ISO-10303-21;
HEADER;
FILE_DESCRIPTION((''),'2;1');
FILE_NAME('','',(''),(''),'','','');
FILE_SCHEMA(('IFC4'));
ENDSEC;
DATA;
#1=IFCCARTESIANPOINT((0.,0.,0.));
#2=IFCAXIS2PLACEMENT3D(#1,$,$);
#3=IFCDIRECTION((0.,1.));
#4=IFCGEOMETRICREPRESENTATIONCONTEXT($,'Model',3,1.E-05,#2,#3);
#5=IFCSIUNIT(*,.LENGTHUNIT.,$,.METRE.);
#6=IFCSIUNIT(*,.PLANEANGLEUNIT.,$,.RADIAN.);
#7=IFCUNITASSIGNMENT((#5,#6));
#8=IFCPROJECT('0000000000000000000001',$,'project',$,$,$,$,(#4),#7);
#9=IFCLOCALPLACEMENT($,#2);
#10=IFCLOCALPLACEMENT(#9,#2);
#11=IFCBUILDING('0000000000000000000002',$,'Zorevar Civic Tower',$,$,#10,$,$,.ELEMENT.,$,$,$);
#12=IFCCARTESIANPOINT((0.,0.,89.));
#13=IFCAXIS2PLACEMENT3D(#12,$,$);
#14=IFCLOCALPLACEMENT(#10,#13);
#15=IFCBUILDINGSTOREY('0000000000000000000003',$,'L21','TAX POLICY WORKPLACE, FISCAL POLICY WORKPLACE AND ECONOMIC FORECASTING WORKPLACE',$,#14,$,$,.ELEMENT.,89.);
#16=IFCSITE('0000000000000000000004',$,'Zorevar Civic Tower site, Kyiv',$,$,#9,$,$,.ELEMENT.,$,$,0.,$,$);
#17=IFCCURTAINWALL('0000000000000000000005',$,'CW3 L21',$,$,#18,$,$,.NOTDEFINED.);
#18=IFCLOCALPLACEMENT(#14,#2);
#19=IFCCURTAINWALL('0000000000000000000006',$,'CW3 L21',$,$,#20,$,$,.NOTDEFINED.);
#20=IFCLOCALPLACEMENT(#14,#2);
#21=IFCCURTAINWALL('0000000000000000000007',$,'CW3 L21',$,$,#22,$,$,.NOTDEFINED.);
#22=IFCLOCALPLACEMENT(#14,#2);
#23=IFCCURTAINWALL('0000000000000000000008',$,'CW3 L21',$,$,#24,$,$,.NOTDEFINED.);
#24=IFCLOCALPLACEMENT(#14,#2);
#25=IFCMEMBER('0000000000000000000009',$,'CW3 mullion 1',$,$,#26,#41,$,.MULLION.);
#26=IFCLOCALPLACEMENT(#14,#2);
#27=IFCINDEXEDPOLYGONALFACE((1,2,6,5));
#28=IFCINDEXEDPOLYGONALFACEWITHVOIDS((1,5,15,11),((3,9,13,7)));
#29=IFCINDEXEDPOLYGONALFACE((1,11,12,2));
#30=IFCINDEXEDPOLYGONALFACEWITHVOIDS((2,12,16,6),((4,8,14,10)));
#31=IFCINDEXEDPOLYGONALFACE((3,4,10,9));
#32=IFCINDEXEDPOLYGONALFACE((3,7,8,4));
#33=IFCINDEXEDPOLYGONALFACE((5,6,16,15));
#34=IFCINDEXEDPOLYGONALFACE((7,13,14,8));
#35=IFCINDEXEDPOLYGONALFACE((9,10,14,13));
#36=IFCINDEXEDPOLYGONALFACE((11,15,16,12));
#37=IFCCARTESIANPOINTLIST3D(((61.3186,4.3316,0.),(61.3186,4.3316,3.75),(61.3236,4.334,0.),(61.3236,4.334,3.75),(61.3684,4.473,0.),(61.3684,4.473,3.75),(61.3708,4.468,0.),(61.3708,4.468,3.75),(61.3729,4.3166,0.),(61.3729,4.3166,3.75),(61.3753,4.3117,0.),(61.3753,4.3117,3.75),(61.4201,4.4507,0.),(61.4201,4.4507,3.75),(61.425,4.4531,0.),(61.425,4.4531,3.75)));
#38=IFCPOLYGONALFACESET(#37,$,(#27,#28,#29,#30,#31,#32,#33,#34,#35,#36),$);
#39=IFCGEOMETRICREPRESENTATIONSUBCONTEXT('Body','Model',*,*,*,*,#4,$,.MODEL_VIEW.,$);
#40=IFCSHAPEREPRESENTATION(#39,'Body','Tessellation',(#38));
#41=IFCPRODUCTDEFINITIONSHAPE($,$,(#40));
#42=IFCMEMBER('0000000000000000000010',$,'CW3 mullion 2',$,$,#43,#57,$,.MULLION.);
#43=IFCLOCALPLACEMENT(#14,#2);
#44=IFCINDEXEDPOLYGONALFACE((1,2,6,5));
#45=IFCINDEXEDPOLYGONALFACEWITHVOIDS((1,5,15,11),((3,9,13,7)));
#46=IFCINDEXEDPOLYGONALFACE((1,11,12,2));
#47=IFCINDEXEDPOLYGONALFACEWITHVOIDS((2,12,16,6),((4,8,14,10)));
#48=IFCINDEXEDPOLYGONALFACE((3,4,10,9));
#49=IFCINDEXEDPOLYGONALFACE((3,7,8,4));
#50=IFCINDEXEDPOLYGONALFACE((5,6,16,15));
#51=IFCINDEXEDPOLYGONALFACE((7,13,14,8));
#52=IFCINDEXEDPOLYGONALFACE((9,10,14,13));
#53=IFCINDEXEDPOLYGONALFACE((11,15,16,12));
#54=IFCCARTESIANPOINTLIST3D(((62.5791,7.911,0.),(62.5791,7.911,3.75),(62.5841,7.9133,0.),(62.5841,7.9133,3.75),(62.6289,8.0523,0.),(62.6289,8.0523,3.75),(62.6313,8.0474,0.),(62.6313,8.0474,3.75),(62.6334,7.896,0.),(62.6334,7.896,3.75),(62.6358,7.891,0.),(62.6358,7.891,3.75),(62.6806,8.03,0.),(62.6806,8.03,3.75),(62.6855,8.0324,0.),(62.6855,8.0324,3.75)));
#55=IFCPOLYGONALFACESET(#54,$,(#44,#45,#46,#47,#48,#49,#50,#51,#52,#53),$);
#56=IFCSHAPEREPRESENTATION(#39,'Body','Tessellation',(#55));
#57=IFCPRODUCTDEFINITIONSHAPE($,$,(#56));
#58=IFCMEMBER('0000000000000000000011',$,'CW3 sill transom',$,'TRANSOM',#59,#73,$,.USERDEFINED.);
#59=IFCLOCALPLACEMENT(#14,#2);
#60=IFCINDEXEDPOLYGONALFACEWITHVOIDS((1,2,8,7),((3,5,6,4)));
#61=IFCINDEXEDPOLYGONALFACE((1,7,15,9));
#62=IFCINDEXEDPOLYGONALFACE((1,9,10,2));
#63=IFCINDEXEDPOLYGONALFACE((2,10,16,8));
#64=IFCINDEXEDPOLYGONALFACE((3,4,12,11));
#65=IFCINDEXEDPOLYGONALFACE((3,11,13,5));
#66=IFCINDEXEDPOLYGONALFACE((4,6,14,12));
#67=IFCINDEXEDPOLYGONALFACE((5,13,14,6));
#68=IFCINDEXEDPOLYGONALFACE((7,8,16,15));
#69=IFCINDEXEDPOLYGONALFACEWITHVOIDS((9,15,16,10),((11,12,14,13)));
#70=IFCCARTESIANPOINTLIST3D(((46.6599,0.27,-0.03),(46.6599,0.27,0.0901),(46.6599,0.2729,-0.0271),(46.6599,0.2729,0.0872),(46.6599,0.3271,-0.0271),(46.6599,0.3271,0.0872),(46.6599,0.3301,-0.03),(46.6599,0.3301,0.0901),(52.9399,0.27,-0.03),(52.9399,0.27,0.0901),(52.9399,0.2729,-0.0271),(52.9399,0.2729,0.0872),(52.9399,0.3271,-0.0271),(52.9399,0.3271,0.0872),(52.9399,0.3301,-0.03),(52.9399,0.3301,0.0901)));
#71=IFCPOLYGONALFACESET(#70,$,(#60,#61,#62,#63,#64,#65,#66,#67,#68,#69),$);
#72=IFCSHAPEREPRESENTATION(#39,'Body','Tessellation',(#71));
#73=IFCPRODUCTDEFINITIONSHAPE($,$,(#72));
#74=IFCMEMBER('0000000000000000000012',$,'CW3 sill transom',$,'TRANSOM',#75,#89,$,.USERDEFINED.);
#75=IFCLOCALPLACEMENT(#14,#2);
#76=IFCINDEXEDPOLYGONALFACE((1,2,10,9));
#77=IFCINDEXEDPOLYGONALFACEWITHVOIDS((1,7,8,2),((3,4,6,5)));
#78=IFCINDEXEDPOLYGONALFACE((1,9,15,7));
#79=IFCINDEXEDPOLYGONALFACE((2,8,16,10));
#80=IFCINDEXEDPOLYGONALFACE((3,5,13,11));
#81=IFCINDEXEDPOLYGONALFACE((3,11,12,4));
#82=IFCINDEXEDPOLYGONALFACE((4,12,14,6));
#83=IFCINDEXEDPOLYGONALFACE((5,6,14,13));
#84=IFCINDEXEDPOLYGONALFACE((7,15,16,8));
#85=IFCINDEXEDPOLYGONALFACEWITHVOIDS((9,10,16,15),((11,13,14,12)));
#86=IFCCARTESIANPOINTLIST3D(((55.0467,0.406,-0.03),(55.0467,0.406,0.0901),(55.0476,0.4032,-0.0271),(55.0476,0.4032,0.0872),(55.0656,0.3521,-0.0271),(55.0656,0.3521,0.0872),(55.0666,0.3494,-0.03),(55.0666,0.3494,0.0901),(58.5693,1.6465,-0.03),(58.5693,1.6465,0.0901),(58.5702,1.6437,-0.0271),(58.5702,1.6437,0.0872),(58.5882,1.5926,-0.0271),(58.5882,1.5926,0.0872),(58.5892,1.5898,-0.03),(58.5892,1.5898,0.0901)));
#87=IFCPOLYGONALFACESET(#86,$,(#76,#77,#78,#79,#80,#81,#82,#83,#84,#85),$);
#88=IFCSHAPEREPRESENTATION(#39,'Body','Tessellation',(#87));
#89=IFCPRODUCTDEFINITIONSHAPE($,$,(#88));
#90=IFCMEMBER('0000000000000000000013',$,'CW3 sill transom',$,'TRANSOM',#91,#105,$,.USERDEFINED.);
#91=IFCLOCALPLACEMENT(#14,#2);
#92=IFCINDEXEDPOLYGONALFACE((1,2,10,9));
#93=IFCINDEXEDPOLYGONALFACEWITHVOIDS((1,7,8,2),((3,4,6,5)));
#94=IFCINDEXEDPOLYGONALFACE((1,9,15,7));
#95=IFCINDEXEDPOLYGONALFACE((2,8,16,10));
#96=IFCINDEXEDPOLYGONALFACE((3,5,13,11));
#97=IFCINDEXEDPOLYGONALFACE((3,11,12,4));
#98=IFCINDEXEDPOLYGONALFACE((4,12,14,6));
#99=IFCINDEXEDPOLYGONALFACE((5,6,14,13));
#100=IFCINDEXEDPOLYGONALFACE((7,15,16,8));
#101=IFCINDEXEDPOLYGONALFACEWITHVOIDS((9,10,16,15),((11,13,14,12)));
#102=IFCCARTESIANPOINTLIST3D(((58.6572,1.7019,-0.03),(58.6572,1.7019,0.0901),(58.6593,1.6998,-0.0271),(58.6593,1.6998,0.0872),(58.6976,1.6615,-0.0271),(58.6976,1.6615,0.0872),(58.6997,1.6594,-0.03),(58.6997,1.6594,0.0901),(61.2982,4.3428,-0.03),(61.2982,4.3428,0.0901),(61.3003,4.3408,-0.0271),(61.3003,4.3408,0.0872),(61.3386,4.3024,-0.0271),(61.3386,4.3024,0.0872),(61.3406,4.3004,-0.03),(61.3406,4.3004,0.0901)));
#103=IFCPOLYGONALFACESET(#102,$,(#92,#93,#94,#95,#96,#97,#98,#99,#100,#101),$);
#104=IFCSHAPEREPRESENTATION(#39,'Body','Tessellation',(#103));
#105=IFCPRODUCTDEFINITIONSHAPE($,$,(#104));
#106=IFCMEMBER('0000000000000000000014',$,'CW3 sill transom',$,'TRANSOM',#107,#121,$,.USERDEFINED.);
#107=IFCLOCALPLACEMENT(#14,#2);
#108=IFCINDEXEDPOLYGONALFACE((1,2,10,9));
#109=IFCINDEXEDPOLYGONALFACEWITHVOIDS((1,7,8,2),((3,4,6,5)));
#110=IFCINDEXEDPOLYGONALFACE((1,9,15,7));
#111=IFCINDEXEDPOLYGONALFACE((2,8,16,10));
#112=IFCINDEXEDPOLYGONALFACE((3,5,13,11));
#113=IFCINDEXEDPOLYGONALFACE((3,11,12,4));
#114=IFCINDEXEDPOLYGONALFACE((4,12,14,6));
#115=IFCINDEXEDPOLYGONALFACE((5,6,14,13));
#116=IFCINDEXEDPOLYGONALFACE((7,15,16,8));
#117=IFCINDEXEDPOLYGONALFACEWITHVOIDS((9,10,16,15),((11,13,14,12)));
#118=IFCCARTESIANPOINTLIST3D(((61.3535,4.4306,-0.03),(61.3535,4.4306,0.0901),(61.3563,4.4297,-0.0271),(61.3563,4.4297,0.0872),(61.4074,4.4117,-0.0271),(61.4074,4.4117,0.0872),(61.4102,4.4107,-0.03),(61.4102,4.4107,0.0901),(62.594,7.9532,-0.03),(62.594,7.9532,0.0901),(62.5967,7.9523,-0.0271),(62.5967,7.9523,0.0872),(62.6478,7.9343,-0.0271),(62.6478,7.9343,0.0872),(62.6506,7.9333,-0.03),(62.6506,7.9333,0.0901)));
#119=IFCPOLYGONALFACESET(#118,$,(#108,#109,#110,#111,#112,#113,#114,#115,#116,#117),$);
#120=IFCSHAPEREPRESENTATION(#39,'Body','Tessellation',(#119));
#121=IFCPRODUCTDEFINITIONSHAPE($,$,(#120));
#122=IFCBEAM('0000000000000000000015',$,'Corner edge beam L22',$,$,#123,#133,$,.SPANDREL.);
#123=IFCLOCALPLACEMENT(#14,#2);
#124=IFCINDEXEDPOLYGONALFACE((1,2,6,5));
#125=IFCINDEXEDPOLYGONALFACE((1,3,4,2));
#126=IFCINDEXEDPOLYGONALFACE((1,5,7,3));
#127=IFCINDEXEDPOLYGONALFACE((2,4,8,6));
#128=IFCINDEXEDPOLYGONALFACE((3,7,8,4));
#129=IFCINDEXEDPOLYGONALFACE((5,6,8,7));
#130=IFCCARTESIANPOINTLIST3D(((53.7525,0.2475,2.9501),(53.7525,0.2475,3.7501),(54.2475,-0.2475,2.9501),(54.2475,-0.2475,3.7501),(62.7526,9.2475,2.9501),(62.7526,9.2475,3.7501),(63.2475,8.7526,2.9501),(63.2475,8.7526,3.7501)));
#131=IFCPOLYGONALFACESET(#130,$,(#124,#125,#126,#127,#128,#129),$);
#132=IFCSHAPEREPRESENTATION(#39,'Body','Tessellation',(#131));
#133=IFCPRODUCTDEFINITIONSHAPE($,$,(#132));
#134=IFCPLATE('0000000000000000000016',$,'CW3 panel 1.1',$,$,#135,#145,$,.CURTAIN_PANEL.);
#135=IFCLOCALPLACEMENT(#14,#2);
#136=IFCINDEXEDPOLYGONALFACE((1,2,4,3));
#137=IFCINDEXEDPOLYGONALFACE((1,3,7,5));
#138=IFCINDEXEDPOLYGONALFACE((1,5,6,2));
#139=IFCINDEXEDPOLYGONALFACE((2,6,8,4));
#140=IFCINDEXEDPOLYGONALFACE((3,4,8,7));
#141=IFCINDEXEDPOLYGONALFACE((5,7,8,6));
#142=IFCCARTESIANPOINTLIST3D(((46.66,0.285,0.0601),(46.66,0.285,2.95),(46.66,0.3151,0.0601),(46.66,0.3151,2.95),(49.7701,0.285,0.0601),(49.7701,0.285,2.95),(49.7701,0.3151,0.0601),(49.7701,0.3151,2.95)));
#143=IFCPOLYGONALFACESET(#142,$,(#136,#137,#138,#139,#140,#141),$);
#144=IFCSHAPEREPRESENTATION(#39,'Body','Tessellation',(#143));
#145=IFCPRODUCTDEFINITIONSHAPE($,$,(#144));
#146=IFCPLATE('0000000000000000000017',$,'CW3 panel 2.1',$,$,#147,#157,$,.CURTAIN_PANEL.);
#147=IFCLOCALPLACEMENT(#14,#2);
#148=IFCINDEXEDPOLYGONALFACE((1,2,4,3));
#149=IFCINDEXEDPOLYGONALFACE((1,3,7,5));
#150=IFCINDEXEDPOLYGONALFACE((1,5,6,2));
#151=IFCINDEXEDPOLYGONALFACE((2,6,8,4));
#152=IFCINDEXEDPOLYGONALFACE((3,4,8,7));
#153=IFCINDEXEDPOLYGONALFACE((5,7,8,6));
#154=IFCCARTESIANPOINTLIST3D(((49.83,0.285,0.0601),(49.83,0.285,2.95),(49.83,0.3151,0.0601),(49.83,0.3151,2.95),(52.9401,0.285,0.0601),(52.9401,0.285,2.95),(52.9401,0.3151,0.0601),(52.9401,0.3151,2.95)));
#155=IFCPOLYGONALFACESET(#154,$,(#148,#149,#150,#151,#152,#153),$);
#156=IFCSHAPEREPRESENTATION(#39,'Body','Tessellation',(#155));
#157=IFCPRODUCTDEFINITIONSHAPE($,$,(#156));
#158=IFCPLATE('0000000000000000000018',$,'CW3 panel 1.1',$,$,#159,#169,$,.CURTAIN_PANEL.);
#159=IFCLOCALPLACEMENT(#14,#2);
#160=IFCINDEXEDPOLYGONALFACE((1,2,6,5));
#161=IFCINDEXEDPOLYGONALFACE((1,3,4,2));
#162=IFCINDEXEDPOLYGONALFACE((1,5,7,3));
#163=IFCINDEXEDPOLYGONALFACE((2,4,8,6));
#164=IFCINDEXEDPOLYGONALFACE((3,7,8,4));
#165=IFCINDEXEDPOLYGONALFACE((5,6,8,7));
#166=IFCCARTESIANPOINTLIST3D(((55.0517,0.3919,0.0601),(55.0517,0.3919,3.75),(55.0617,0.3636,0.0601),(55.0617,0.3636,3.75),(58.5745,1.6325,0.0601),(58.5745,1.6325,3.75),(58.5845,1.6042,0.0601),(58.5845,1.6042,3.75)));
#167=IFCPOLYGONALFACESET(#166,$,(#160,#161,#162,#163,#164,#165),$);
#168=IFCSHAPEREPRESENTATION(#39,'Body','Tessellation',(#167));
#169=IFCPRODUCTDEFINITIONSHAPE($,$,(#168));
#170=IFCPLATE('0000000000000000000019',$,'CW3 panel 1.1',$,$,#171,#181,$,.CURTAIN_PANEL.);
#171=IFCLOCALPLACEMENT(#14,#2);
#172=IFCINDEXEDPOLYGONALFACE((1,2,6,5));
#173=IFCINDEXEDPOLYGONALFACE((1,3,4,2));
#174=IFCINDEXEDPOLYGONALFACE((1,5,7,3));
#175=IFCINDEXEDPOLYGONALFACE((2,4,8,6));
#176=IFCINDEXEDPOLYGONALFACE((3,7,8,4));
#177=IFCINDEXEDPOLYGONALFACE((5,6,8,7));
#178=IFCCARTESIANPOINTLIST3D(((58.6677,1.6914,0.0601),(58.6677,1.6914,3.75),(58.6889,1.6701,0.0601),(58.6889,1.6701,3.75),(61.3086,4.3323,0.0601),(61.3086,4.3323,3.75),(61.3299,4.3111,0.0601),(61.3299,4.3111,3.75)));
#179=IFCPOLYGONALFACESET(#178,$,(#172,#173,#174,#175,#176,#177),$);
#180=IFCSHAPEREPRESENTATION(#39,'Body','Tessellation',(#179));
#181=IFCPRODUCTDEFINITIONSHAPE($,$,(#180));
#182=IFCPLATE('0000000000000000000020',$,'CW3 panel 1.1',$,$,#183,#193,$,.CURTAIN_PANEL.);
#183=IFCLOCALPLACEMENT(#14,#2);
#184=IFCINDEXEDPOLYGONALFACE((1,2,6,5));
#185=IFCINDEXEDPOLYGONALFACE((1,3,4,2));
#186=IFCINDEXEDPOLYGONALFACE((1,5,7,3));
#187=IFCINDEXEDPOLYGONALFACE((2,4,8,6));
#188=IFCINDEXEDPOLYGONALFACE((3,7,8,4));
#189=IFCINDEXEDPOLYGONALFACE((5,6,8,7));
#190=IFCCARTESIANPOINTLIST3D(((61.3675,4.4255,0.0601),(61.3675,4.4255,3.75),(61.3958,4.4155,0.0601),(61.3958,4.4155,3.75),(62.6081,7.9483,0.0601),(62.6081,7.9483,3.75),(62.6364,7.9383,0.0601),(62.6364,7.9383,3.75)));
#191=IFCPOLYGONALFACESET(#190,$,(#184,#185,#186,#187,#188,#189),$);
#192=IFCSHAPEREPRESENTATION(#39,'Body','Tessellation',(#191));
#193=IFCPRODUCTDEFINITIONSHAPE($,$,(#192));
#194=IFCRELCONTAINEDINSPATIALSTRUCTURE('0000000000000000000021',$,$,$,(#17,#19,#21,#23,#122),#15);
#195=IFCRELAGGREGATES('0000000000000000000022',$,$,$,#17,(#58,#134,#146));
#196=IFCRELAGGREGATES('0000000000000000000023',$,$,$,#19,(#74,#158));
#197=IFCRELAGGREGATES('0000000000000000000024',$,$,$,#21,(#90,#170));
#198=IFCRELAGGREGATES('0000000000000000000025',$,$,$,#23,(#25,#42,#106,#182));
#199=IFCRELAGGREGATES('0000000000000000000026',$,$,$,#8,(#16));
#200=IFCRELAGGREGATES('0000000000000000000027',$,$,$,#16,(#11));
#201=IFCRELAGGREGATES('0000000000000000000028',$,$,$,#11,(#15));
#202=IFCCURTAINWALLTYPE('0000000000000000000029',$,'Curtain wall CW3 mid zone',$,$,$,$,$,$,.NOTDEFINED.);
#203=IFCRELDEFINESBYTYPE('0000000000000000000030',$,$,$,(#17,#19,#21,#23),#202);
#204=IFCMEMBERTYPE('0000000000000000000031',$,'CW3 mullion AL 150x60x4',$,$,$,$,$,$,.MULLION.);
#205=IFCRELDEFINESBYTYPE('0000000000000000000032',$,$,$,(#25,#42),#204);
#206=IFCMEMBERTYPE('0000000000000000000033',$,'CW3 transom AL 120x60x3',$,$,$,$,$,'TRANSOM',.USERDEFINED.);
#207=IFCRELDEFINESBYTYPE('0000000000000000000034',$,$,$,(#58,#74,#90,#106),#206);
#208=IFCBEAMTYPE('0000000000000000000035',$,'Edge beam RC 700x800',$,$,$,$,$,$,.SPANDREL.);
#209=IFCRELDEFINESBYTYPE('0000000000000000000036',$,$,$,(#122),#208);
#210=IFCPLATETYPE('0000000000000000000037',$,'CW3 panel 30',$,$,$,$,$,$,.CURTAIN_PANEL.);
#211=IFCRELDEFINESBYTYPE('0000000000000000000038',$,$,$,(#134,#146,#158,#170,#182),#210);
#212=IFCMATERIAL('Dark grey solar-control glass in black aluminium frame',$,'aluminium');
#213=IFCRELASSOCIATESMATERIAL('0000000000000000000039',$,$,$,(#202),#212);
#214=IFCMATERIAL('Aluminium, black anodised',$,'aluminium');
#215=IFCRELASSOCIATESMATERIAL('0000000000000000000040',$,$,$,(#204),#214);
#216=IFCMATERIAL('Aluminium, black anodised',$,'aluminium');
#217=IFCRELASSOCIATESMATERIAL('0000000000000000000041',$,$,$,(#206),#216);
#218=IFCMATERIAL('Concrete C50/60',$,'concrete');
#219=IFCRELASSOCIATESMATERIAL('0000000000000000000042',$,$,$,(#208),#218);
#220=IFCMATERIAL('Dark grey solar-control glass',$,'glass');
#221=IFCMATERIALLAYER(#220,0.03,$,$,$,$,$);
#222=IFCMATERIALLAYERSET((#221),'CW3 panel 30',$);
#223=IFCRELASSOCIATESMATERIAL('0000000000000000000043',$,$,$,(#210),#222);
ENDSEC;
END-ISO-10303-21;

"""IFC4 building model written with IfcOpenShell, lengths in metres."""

from ifc_helpers import new_model, si_unit, direction, frame, origin, origin_2d, place, context, subcontext, project, spatial, rectangle, hollow_rectangle, extrude, material, layer, layer_set, material_profile, profile_set, type_object, element, aggregate, save


model = new_model("IFC4")

# Units and contexts
model_context = context("Model", 3, precision=1e-05, world=origin(), true_north=direction((0.0, 1.0)))
body_context = subcontext(model_context, "Body", "Model", "MODEL_VIEW")
ifc_project = project(units=[si_unit("LENGTHUNIT", "METRE"), si_unit("PLANEANGLEUNIT", "RADIAN")], contexts=[model_context])

# Site, building, storey
site_placement = place(None, origin())
site = spatial("IfcSite", under=ifc_project, at=site_placement, Name="Zorevar Civic Tower site, Kyiv", CompositionType="ELEMENT", RefElevation=0.0)
building_placement = place(site_placement, origin())
building = spatial("IfcBuilding", under=site, at=building_placement, Name="Zorevar Civic Tower", CompositionType="ELEMENT")
storey_placement = place(building_placement, frame((0.0, 0.0, 89.0)))
storey = spatial("IfcBuildingStorey", under=building, at=storey_placement, Name="L21", Description="TAX POLICY WORKPLACE, FISCAL POLICY WORKPLACE AND ECONOMIC FORECASTING WORKPLACE", CompositionType="ELEMENT", Elevation=89.0)

# Curtain walls, members
ifc_material_1 = material(Name="Dark grey solar-control glass in black aluminium frame", Category="aluminium")
curtain_wall_type = type_object("IfcCurtainWallType", Name="Curtain wall CW3 mid zone", PredefinedType="NOTDEFINED", material=ifc_material_1)
curtain_wall_1_placement = place(storey_placement, origin())
curtain_wall_1 = element("IfcCurtainWall", 1, at=curtain_wall_1_placement, inside=storey, type_object=curtain_wall_type, Name="CW3 L21", PredefinedType="NOTDEFINED")
ifc_material_2 = material(Name="Aluminium, black anodised", Category="aluminium")
ifc_material_profile_1 = material_profile(ifc_material_2, hollow_rectangle(XDim=0.0601, YDim=0.1499, WallThickness=0.0039, at=origin_2d()), Name="AL 150x60x4")
ifc_profile_set_1 = profile_set([ifc_material_profile_1], Name="Aluminium, black anodised")
member_type_1 = type_object("IfcMemberType", Name="CW3 mullion AL 150x60x4", PredefinedType="MULLION", material=ifc_profile_set_1)
curtain_wall_2_placement = place(storey_placement, origin())
curtain_wall_2 = element("IfcCurtainWall", 2, at=curtain_wall_2_placement, inside=storey, type_object=curtain_wall_type, Name="CW3 L21", PredefinedType="NOTDEFINED")
curtain_wall_3_placement = place(storey_placement, origin())
curtain_wall_3 = element("IfcCurtainWall", 3, at=curtain_wall_3_placement, inside=storey, type_object=curtain_wall_type, Name="CW3 L21", PredefinedType="NOTDEFINED")
curtain_wall_4_placement = place(storey_placement, origin())
curtain_wall_4 = element("IfcCurtainWall", 4, at=curtain_wall_4_placement, inside=storey, type_object=curtain_wall_type, Name="CW3 L21", PredefinedType="NOTDEFINED")
member_1_placement = place(storey_placement, frame((61.3718, 4.3923, 0.0), z_axis=(0.0, 0.0, 1.0), x_axis=(-0.943219, 0.332171, 0.0)))
member_1 = element("IfcMember", 5, at=member_1_placement, type_object=member_type_1, Name="CW3 mullion 1", PredefinedType="MULLION", context=body_context, shape_type="SweptSolid", body=[
    extrude(hollow_rectangle(XDim=0.0601, YDim=0.1499, WallThickness=0.0039, at=origin_2d()), origin(), (0.0, 0.0, 1.0), 3.75),
])
member_2_placement = place(storey_placement, frame((62.6323, 7.9717, 0.0), z_axis=(0.0, 0.0, 1.0), x_axis=(-0.943219, 0.332171, 0.0)))
member_2 = element("IfcMember", 6, at=member_2_placement, type_object=member_type_1, Name="CW3 mullion 2", PredefinedType="MULLION", context=body_context, shape_type="SweptSolid", body=[
    extrude(hollow_rectangle(XDim=0.0601, YDim=0.1499, WallThickness=0.0039, at=origin_2d()), origin(), (0.0, 0.0, 1.0), 3.75),
])

# Members
ifc_material_3 = material(Name="Aluminium, black anodised", Category="aluminium")
ifc_material_profile_2 = material_profile(ifc_material_3, hollow_rectangle(XDim=0.0601, YDim=0.1201, WallThickness=0.0029, at=origin_2d()), Name="AL 120x60x3")
ifc_profile_set_2 = profile_set([ifc_material_profile_2], Name="Aluminium, black anodised")
member_type_2 = type_object("IfcMemberType", Name="CW3 transom AL 120x60x3", ElementType="TRANSOM", PredefinedType="USERDEFINED", material=ifc_profile_set_2)
member_3_placement = place(storey_placement, frame((46.6599, 0.3, 0.03), z_axis=(1.0, 0.0, 0.0), x_axis=(0.0, 1.0, 0.0)))
member_3 = element("IfcMember", 7, at=member_3_placement, type_object=member_type_2, Name="CW3 sill transom", ObjectType="TRANSOM", PredefinedType="USERDEFINED", context=body_context, shape_type="SweptSolid", body=[
    extrude(hollow_rectangle(XDim=0.0601, YDim=0.1201, WallThickness=0.0029, at=origin_2d()), origin(), (0.0, 0.0, 1.0), 6.28),
])
member_4_placement = place(storey_placement, frame((55.0566, 0.3777, 0.03), z_axis=(0.943228, 0.332146, 0.0), x_axis=(-0.332146, 0.943228, 0.0)))
member_4 = element("IfcMember", 8, at=member_4_placement, type_object=member_type_2, Name="CW3 sill transom", ObjectType="TRANSOM", PredefinedType="USERDEFINED", context=body_context, shape_type="SweptSolid", body=[
    extrude(hollow_rectangle(XDim=0.0601, YDim=0.1201, WallThickness=0.0029, at=origin_2d()), origin(), (0.0, 0.0, 1.0), 3.7346),
])
member_5_placement = place(storey_placement, frame((58.6785, 1.6807, 0.03), z_axis=(0.707107, 0.707107, 0.0), x_axis=(-0.707107, 0.707107, 0.0)))
member_5 = element("IfcMember", 9, at=member_5_placement, type_object=member_type_2, Name="CW3 sill transom", ObjectType="TRANSOM", PredefinedType="USERDEFINED", context=body_context, shape_type="SweptSolid", body=[
    extrude(hollow_rectangle(XDim=0.0601, YDim=0.1201, WallThickness=0.0029, at=origin_2d()), origin(), (0.0, 0.0, 1.0), 3.7349),
])
member_6_placement = place(storey_placement, frame((61.3818, 4.4207, 0.03), z_axis=(0.332146, 0.943228, 0.0), x_axis=(-0.943228, 0.332146, 0.0)))
member_6 = element("IfcMember", 10, at=member_6_placement, type_object=member_type_2, Name="CW3 sill transom", ObjectType="TRANSOM", PredefinedType="USERDEFINED", context=body_context, shape_type="SweptSolid", body=[
    extrude(hollow_rectangle(XDim=0.0601, YDim=0.1201, WallThickness=0.0029, at=origin_2d()), origin(), (0.0, 0.0, 1.0), 3.7346),
])

# Beam
ifc_material_4 = material(Name="Concrete C50/60", Category="concrete")
ifc_material_profile_3 = material_profile(ifc_material_4, rectangle(XDim=0.7, YDim=0.8, at=origin_2d()), Name="RC 700x800")
ifc_profile_set_3 = profile_set([ifc_material_profile_3], Name="Concrete C50/60")
beam_type_1 = type_object("IfcBeamType", Name="Edge beam RC 700x800", PredefinedType="SPANDREL", material=ifc_profile_set_3)
beam_1_placement = place(storey_placement, frame((54.0, 0.0, 3.3501), z_axis=(0.707107, 0.707107, 0.0), x_axis=(-0.707107, 0.707107, 0.0)))
element("IfcBeam", 11, at=beam_1_placement, inside=storey, type_object=beam_type_1, Name="Corner edge beam L22", PredefinedType="SPANDREL", context=body_context, shape_type="SweptSolid", body=[
    extrude(rectangle(XDim=0.7, YDim=0.8, at=origin_2d()), origin(), (0.0, 0.0, 1.0), 12.728),
])

# Plates
ifc_material_5 = material(Name="Dark grey solar-control glass", Category="glass")
ifc_layer_1 = layer(ifc_material_5, 0.03)
ifc_layer_set_1 = layer_set([ifc_layer_1], Name="CW3 panel 30")
plate_type = type_object("IfcPlateType", Name="CW3 panel 30", PredefinedType="CURTAIN_PANEL", material=ifc_layer_set_1)
plate_1_placement = place(storey_placement, frame((48.2151, 0.3, 0.0601), z_axis=(0.0, 0.0, 1.0), x_axis=(1.0, 0.0, 0.0)))
plate_1 = element("IfcPlate", 12, at=plate_1_placement, type_object=plate_type, Name="CW3 panel 1.1", PredefinedType="CURTAIN_PANEL", context=body_context, shape_type="SweptSolid", body=[
    extrude(rectangle(XDim=3.1101, YDim=0.03, at=origin_2d()), origin(), (0.0, 0.0, 1.0), 2.8899),
])
plate_2_placement = place(storey_placement, frame((51.385, 0.3, 0.0601), z_axis=(0.0, 0.0, 1.0), x_axis=(1.0, 0.0, 0.0)))
plate_2 = element("IfcPlate", 13, at=plate_2_placement, type_object=plate_type, Name="CW3 panel 2.1", PredefinedType="CURTAIN_PANEL", context=body_context, shape_type="SweptSolid", body=[
    extrude(rectangle(XDim=3.1101, YDim=0.03, at=origin_2d()), origin(), (0.0, 0.0, 1.0), 2.8899),
])
aggregate(curtain_wall_1, [member_3, plate_1, plate_2])
plate_3_placement = place(storey_placement, frame((56.8181, 0.998, 0.0601), z_axis=(0.0, 0.0, 1.0), x_axis=(0.943219, 0.332171, 0.0)))
plate_3 = element("IfcPlate", 14, at=plate_3_placement, type_object=plate_type, Name="CW3 panel 1.1", PredefinedType="CURTAIN_PANEL", context=body_context, shape_type="SweptSolid", body=[
    extrude(rectangle(XDim=3.7349, YDim=0.03, at=origin_2d()), origin(), (0.0, 0.0, 1.0), 3.6899),
])
aggregate(curtain_wall_2, [member_4, plate_3])
plate_4_placement = place(storey_placement, frame((59.9988, 3.0012, 0.0601), z_axis=(0.0, 0.0, 1.0), x_axis=(0.707107, 0.707107, 0.0)))
plate_4 = element("IfcPlate", 15, at=plate_4_placement, type_object=plate_type, Name="CW3 panel 1.1", PredefinedType="CURTAIN_PANEL", context=body_context, shape_type="SweptSolid", body=[
    extrude(rectangle(XDim=3.7349, YDim=0.03, at=origin_2d()), origin(), (0.0, 0.0, 1.0), 3.6899),
])
aggregate(curtain_wall_3, [member_5, plate_4])
plate_5_placement = place(storey_placement, frame((62.002, 6.1819, 0.0601), z_axis=(0.0, 0.0, 1.0), x_axis=(0.332171, 0.943219, 0.0)))
plate_5 = element("IfcPlate", 16, at=plate_5_placement, type_object=plate_type, Name="CW3 panel 1.1", PredefinedType="CURTAIN_PANEL", context=body_context, shape_type="SweptSolid", body=[
    extrude(rectangle(XDim=3.7349, YDim=0.03, at=origin_2d()), origin(), (0.0, 0.0, 1.0), 3.6899),
])
aggregate(curtain_wall_4, [member_1, member_2, member_6, plate_5])

save(model, "model.ifc")
